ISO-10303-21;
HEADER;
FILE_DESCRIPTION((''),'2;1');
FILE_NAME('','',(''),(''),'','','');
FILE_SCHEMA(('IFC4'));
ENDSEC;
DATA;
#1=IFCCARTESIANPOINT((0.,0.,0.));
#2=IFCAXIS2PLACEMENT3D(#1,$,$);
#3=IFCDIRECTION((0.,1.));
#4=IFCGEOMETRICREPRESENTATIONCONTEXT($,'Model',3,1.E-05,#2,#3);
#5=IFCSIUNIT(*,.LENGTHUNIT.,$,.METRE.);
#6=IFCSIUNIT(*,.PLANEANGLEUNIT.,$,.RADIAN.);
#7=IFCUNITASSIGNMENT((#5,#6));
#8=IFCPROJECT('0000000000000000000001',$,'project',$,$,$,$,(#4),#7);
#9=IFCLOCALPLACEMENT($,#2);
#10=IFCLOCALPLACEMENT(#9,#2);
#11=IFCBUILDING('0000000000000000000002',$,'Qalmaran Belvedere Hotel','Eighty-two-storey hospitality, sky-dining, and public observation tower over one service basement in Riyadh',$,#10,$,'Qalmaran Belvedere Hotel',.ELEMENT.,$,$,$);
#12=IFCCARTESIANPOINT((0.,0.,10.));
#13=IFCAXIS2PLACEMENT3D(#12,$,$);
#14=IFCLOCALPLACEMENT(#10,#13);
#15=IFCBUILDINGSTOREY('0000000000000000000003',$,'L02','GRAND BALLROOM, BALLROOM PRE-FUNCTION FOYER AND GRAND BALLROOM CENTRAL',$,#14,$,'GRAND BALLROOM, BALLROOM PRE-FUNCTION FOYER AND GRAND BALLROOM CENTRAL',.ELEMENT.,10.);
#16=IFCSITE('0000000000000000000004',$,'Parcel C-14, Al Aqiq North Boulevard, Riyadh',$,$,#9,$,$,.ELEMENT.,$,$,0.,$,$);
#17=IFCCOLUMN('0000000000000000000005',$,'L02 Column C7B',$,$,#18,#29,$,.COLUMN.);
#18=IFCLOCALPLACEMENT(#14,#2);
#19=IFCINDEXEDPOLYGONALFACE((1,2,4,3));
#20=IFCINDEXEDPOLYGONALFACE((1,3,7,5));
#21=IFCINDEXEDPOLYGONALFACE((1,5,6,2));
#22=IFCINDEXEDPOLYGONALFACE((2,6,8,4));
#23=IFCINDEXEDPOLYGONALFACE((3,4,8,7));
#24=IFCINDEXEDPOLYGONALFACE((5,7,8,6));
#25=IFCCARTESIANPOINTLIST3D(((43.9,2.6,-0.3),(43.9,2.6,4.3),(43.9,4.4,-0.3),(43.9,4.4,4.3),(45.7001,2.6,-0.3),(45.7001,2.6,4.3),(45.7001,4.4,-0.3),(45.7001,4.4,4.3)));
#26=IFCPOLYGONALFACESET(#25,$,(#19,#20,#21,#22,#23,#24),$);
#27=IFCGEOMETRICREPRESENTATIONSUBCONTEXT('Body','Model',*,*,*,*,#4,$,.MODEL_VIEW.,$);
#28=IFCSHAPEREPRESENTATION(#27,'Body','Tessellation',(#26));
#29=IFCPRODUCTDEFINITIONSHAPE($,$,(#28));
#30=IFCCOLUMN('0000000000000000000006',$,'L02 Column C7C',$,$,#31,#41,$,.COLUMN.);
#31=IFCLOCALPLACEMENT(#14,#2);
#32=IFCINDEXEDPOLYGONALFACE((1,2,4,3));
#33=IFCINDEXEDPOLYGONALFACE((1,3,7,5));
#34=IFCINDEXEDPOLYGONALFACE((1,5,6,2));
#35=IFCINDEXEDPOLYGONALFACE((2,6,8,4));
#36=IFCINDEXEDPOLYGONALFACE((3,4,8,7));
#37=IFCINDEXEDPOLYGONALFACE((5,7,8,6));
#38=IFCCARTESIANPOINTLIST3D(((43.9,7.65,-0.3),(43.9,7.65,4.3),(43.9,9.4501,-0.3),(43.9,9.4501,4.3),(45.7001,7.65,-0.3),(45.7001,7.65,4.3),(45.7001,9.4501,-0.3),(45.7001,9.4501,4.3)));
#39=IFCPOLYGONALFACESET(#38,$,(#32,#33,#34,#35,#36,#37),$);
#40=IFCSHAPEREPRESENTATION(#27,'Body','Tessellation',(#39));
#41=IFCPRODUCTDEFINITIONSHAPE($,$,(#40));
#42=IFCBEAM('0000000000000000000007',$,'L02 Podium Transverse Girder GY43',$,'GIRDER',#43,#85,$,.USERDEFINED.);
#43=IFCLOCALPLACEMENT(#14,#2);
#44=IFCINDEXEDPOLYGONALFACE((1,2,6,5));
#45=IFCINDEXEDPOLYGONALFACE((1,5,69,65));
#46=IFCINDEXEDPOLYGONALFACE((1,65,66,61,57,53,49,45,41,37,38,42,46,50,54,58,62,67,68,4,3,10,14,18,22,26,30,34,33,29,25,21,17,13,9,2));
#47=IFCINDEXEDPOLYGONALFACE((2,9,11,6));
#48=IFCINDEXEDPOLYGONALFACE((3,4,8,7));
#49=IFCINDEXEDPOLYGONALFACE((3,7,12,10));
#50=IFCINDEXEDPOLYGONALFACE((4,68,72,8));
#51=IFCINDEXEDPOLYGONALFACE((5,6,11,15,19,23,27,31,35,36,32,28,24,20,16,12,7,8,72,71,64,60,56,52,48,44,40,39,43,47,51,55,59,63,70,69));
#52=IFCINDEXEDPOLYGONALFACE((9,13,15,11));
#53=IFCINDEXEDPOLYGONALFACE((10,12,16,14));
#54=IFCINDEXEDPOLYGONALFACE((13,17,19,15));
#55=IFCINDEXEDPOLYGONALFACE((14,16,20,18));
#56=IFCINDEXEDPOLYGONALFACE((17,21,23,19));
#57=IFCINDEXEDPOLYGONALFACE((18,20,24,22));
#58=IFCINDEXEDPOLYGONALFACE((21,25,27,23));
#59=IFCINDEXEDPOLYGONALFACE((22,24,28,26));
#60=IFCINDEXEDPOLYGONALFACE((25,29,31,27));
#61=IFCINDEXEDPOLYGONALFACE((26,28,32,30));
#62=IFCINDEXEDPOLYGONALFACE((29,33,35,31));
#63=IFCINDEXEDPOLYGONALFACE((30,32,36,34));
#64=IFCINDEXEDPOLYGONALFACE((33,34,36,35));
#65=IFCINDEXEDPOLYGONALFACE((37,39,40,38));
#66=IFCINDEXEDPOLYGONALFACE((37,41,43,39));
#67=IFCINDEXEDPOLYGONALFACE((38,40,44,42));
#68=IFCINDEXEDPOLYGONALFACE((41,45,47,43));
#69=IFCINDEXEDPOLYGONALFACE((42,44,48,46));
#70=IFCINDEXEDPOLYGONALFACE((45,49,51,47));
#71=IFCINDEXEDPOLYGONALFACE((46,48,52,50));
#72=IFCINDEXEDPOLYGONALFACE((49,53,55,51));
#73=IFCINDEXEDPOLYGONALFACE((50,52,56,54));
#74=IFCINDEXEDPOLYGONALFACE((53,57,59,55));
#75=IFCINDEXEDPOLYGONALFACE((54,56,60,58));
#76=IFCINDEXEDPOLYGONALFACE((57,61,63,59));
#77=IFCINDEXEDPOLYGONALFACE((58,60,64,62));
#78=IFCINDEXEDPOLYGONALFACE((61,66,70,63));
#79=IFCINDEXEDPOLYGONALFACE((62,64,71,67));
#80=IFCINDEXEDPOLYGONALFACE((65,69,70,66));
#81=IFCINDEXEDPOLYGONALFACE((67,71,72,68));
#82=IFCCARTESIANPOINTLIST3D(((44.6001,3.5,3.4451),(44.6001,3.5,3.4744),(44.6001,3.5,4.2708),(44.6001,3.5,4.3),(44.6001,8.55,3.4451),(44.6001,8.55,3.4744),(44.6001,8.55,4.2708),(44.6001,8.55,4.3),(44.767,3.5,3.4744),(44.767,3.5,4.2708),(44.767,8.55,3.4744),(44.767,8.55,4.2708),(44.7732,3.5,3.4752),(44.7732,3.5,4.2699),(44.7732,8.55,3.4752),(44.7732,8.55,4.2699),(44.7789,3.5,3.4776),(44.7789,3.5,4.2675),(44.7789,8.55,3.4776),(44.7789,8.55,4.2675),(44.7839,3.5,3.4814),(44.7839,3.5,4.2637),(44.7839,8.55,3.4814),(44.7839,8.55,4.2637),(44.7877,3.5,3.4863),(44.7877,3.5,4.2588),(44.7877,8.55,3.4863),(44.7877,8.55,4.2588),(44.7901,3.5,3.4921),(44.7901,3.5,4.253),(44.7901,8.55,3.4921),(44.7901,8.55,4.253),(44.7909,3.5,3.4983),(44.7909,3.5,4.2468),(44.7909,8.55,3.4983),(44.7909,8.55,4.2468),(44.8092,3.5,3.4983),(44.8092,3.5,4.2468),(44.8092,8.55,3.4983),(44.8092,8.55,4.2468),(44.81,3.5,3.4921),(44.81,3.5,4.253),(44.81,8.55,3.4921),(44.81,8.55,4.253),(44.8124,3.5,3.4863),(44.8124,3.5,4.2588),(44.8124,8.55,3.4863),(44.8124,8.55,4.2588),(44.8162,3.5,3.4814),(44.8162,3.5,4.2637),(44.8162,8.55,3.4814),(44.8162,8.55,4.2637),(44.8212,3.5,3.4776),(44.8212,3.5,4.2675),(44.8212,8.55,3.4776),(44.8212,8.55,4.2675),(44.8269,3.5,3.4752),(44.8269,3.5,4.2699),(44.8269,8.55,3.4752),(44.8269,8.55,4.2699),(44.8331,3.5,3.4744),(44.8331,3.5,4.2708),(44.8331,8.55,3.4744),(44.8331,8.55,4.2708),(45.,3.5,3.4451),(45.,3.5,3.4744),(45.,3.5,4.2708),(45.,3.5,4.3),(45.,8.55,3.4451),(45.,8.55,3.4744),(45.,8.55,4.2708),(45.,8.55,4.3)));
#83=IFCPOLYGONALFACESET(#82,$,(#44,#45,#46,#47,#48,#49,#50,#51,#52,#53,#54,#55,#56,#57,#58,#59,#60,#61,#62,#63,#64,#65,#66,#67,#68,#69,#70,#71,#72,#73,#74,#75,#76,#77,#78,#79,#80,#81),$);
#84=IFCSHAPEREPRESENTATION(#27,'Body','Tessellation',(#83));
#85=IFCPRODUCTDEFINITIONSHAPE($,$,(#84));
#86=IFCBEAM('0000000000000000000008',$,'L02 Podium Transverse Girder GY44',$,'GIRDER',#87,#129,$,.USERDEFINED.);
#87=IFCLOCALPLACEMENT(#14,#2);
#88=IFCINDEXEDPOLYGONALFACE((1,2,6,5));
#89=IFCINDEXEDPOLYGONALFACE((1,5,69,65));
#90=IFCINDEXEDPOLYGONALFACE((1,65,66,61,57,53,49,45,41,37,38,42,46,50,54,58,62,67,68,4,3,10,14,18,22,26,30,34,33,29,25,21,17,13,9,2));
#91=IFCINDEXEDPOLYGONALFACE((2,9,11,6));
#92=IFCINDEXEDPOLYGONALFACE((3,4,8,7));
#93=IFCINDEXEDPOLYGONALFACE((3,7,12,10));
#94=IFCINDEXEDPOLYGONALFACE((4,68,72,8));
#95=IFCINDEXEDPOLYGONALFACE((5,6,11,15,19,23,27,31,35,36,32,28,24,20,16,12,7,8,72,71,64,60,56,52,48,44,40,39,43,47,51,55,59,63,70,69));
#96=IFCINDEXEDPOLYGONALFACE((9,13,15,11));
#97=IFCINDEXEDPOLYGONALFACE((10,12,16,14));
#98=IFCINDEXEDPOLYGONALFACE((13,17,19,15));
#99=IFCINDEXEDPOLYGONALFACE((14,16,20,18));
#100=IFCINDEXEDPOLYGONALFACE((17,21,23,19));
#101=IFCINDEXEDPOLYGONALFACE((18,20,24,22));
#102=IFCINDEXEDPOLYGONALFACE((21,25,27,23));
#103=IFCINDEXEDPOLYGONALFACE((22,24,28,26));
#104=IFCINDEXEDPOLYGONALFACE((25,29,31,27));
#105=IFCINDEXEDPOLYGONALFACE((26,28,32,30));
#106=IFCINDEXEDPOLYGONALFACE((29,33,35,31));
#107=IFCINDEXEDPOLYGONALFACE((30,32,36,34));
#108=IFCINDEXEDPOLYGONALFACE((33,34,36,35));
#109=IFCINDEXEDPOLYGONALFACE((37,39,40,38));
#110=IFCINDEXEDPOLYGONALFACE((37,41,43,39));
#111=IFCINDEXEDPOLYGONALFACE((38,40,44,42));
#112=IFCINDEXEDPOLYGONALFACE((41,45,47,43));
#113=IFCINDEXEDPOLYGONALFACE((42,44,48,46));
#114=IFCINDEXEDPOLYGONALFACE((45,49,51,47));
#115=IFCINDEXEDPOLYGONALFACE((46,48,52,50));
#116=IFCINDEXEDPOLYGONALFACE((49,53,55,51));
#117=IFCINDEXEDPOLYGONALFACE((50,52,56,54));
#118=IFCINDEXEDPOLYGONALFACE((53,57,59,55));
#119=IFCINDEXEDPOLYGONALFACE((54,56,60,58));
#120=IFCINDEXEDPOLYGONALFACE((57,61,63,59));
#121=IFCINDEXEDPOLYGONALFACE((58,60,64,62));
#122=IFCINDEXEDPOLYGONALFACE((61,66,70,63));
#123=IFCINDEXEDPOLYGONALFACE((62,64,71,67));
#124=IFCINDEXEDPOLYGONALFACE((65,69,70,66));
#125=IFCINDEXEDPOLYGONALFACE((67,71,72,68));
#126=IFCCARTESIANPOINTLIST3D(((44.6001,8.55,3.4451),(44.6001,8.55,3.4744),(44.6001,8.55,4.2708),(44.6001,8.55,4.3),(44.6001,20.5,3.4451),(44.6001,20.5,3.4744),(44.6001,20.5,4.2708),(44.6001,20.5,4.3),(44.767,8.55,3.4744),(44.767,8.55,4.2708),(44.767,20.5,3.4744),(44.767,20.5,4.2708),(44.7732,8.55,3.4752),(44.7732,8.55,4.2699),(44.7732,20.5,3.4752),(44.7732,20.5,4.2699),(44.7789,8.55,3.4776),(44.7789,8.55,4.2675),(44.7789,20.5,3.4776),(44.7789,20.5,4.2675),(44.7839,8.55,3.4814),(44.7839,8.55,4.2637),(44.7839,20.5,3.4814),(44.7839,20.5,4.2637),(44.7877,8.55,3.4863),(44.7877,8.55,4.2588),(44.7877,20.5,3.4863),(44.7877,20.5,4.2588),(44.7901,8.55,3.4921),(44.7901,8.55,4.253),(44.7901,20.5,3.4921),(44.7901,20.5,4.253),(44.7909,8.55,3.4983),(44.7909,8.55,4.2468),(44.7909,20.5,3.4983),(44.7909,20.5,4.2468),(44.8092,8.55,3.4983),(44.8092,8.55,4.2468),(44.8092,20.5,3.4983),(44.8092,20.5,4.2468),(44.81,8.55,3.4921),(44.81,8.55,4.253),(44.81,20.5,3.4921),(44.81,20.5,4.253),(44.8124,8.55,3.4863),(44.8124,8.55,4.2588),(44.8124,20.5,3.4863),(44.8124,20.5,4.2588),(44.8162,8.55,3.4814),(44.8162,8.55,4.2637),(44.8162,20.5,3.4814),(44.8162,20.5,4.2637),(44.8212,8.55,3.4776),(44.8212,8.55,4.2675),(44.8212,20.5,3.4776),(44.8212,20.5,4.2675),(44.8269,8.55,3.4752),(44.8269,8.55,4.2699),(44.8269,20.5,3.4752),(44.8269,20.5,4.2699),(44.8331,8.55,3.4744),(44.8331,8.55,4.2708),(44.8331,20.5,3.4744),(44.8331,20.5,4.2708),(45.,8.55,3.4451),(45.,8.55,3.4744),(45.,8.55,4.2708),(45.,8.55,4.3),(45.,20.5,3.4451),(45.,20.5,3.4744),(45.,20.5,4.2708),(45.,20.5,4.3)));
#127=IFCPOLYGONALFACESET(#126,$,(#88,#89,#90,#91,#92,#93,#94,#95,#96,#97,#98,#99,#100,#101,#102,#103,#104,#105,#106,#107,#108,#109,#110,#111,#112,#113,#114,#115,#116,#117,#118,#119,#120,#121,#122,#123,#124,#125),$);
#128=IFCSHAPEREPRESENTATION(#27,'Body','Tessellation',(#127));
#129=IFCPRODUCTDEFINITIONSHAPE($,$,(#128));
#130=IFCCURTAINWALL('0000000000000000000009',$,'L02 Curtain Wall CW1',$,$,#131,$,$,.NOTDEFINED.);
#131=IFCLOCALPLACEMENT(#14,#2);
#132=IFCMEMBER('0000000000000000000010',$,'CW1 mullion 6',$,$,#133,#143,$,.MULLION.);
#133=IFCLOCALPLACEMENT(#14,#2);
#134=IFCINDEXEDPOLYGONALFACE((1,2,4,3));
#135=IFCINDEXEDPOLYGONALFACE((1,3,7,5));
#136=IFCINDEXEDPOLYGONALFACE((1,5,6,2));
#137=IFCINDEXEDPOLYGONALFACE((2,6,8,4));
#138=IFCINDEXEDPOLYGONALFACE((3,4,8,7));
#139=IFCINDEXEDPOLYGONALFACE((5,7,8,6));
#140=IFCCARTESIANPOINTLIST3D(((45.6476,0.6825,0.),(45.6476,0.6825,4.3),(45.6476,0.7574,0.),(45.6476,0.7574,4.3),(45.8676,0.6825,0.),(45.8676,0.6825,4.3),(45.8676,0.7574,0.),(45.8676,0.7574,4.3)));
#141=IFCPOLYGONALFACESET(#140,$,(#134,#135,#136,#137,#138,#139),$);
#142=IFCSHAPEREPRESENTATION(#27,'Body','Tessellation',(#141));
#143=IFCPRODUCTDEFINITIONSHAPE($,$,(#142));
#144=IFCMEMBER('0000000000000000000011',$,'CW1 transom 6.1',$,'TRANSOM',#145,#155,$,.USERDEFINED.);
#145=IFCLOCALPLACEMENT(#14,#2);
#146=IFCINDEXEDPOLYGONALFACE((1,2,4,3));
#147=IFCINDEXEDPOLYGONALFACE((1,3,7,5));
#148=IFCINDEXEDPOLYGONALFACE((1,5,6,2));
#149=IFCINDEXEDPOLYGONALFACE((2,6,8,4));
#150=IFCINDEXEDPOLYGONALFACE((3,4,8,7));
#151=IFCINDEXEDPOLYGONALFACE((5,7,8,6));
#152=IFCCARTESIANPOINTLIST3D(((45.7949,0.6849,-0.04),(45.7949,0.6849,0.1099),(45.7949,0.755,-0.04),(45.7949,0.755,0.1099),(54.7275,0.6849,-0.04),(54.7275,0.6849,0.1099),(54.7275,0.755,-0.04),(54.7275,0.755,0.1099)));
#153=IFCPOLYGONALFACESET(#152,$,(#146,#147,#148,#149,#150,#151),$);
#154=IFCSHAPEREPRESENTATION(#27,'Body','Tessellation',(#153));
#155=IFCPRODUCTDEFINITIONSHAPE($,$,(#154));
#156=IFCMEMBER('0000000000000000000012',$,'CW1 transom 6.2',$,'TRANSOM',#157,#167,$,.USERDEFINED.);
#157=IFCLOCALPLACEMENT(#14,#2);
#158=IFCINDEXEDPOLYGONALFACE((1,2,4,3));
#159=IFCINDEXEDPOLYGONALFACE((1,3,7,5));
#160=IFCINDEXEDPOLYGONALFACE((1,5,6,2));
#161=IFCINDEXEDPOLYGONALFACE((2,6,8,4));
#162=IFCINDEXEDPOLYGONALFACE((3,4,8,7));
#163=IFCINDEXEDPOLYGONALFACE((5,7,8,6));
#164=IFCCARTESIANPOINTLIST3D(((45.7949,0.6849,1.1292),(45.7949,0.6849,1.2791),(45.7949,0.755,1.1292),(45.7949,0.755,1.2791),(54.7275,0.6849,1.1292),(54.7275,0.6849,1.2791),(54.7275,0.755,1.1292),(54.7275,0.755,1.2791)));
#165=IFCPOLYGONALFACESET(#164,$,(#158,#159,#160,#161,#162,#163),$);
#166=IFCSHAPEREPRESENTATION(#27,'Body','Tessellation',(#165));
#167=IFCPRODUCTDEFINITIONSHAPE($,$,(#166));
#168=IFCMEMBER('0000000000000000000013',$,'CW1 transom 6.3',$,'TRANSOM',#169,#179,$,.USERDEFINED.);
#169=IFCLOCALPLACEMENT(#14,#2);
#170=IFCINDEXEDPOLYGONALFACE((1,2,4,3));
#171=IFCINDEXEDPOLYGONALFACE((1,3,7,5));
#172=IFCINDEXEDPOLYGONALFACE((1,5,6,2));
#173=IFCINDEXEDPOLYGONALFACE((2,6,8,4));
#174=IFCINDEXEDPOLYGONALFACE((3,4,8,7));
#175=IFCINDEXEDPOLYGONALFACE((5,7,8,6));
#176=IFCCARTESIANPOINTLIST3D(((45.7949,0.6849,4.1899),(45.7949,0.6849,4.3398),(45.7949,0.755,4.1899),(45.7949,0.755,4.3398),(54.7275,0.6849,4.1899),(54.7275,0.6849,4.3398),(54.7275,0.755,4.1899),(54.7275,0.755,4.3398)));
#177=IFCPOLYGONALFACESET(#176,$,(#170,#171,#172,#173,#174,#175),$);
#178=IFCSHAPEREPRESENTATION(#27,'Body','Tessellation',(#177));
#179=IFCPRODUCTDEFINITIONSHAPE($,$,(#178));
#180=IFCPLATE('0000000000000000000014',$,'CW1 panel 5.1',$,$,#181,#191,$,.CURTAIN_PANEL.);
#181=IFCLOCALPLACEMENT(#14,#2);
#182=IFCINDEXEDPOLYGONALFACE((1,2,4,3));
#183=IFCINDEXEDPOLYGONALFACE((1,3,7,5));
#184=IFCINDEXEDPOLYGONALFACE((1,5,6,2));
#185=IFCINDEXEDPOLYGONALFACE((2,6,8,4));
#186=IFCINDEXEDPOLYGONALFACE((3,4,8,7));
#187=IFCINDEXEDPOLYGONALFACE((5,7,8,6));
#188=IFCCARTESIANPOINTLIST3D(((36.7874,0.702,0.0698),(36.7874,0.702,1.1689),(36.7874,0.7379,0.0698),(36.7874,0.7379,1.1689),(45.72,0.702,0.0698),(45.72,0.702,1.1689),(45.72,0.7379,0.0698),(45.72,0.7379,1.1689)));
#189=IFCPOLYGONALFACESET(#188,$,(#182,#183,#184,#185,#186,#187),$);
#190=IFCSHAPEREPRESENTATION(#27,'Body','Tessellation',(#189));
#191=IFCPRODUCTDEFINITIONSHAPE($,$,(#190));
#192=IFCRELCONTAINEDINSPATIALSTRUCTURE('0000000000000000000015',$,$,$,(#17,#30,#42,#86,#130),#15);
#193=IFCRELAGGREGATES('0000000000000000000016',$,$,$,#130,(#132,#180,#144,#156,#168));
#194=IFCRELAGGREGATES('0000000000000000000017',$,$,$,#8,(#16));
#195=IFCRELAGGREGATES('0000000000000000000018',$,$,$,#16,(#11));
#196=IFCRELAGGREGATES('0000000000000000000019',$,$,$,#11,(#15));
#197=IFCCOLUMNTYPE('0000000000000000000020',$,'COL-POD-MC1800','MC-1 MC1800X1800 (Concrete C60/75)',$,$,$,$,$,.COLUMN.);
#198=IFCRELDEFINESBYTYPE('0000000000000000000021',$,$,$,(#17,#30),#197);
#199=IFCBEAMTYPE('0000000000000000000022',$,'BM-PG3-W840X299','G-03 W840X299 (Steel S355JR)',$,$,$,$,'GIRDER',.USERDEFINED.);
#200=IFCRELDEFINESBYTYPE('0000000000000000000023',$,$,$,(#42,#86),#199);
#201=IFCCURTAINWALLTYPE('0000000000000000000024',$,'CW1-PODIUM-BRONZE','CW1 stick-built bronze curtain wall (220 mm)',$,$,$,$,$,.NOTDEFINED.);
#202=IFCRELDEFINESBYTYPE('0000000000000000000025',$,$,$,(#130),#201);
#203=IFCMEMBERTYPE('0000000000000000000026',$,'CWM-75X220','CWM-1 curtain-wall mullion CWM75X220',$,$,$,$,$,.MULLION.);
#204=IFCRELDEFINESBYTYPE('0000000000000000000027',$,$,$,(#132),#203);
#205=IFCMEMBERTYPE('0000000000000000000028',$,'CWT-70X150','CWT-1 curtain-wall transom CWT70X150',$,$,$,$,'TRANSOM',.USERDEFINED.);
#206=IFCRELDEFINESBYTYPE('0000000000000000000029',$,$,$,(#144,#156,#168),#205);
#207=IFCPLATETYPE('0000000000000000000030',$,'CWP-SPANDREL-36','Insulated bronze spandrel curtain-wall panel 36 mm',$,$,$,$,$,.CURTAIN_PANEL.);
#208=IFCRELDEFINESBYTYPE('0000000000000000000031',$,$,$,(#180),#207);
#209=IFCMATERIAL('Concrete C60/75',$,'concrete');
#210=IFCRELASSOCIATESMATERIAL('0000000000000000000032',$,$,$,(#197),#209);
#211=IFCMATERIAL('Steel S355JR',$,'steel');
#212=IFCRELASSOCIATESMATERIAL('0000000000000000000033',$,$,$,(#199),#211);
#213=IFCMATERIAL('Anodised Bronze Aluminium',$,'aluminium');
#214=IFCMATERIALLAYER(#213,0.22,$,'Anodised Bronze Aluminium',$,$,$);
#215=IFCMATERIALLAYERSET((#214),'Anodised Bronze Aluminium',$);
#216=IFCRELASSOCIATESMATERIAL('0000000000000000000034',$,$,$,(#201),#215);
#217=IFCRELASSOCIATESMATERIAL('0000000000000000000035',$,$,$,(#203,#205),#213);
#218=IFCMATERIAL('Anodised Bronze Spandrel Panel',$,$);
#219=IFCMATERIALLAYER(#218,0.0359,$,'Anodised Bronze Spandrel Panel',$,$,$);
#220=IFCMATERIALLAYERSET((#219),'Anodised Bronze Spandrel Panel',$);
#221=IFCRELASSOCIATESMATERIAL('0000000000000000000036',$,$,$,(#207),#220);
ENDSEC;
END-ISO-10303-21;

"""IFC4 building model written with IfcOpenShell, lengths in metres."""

from ifc_helpers import new_model, si_unit, direction, frame, origin, origin_2d, place, context, subcontext, project, spatial, rectangle, i_section, extrude, material, layer, layer_set, material_profile, profile_set, type_object, element, aggregate, save


model = new_model("IFC4")

# Units and contexts
model_context = context("Model", 3, precision=1e-05, world=origin(), true_north=direction((0.0, 1.0)))
body_context = subcontext(model_context, "Body", "Model", "MODEL_VIEW")
ifc_project = project(units=[si_unit("LENGTHUNIT", "METRE"), si_unit("PLANEANGLEUNIT", "RADIAN")], contexts=[model_context])

# Site, building, storey
site_placement = place(None, origin())
site = spatial("IfcSite", under=ifc_project, at=site_placement, Name="Parcel C-14, Al Aqiq North Boulevard, Riyadh", CompositionType="ELEMENT", RefElevation=0.0)
building_placement = place(site_placement, origin())
building = spatial("IfcBuilding", under=site, at=building_placement, Name="Qalmaran Belvedere Hotel", Description="Eighty-two-storey hospitality, sky-dining, and public observation tower over one service basement in Riyadh", LongName="Qalmaran Belvedere Hotel", CompositionType="ELEMENT")
storey_placement = place(building_placement, frame((0.0, 0.0, 10.0)))
storey = spatial("IfcBuildingStorey", under=building, at=storey_placement, Name="L02", Description="GRAND BALLROOM, BALLROOM PRE-FUNCTION FOYER AND GRAND BALLROOM CENTRAL", LongName="GRAND BALLROOM, BALLROOM PRE-FUNCTION FOYER AND GRAND BALLROOM CENTRAL", CompositionType="ELEMENT", Elevation=10.0)

# Columns
ifc_material_1 = material(Name="Concrete C60/75", Category="concrete")
ifc_material_profile_1 = material_profile(ifc_material_1, rectangle(XDim=1.8, YDim=1.8, at=origin_2d()), Name="MC1800X1800")
ifc_profile_set_1 = profile_set([ifc_material_profile_1], Name="Concrete C60/75")
column_type = type_object("IfcColumnType", Name="COL-POD-MC1800", Description="MC-1 MC1800X1800 (Concrete C60/75)", PredefinedType="COLUMN", material=ifc_profile_set_1)
for number, where, z_axis, x_axis, name in (
    (1, (44.8, 3.5, -0.3), (0.0, 0.0, 1.0), (1.0, 0.0, 0.0), "L02 Column C7B"),
    (2, (44.8, 8.55, -0.3), (0.0, 0.0, 1.0), (1.0, 0.0, 0.0), "L02 Column C7C"),
):
    element("IfcColumn", number, at=place(storey_placement, frame(where, z_axis=z_axis, x_axis=x_axis)), inside=storey, type_object=column_type, Name=name, PredefinedType="COLUMN", context=body_context, shape_type="SweptSolid", body=[
        extrude(rectangle(XDim=1.8, YDim=1.8, at=origin_2d()), origin(), (0.0, 0.0, 1.0), 4.6001),
    ])

# Beams
ifc_material_2 = material(Name="Steel S355JR", Category="steel")
ifc_material_profile_2 = material_profile(ifc_material_2, i_section(OverallWidth=0.3999, OverallDepth=0.855, WebThickness=0.0183, FlangeThickness=0.0293, FilletRadius=0.0239, at=origin_2d()), Name="W840X299")
ifc_profile_set_2 = profile_set([ifc_material_profile_2], Name="Steel S355JR")
beam_type = type_object("IfcBeamType", Name="BM-PG3-W840X299", Description="G-03 W840X299 (Steel S355JR)", ElementType="GIRDER", PredefinedType="USERDEFINED", material=ifc_profile_set_2)
beam_1_placement = place(storey_placement, frame((44.8, 3.5, 3.8726), z_axis=(0.0, 1.0, 0.0), x_axis=(-1.0, 0.0, 0.0)))
element("IfcBeam", 3, at=beam_1_placement, inside=storey, type_object=beam_type, Name="L02 Podium Transverse Girder GY43", ObjectType="GIRDER", PredefinedType="USERDEFINED", context=body_context, shape_type="SweptSolid", body=[
    extrude(i_section(OverallWidth=0.3999, OverallDepth=0.855, WebThickness=0.0183, FlangeThickness=0.0293, FilletRadius=0.0239, at=origin_2d()), origin(), (0.0, 0.0, 1.0), 5.05),
])
beam_2_placement = place(storey_placement, frame((44.8, 8.55, 3.8726), z_axis=(0.0, 1.0, 0.0), x_axis=(-1.0, 0.0, 0.0)))
element("IfcBeam", 4, at=beam_2_placement, inside=storey, type_object=beam_type, Name="L02 Podium Transverse Girder GY44", ObjectType="GIRDER", PredefinedType="USERDEFINED", context=body_context, shape_type="SweptSolid", body=[
    extrude(i_section(OverallWidth=0.3999, OverallDepth=0.855, WebThickness=0.0183, FlangeThickness=0.0293, FilletRadius=0.0239, at=origin_2d()), origin(), (0.0, 0.0, 1.0), 11.95),
])

# Curtain wall, members, plate
ifc_material_3 = material(Name="Anodised Bronze Aluminium", Category="aluminium")
ifc_layer_1 = layer(ifc_material_3, 0.22, Name="Anodised Bronze Aluminium")
ifc_layer_set_1 = layer_set([ifc_layer_1], Name="Anodised Bronze Aluminium")
curtain_wall_type = type_object("IfcCurtainWallType", Name="CW1-PODIUM-BRONZE", Description="CW1 stick-built bronze curtain wall (220 mm)", PredefinedType="NOTDEFINED", material=ifc_layer_set_1)
curtain_wall_placement = place(storey_placement, origin())
curtain_wall = element("IfcCurtainWall", 5, at=curtain_wall_placement, inside=storey, type_object=curtain_wall_type, Name="L02 Curtain Wall CW1", PredefinedType="NOTDEFINED")
ifc_material_profile_3 = material_profile(ifc_material_3, rectangle(XDim=0.075, YDim=0.22, at=origin_2d()), Name="CWM75X220")
ifc_profile_set_3 = profile_set([ifc_material_profile_3], Name="Anodised Bronze Aluminium")
member_type_1 = type_object("IfcMemberType", Name="CWM-75X220", Description="CWM-1 curtain-wall mullion CWM75X220", PredefinedType="MULLION", material=ifc_profile_set_3)
member_1_placement = place(storey_placement, frame((45.7576, 0.72, 0.0), z_axis=(0.0, 0.0, 1.0), x_axis=(0.0, 1.0, 0.0)))
member_1 = element("IfcMember", 6, at=member_1_placement, type_object=member_type_1, Name="CW1 mullion 6", PredefinedType="MULLION", context=body_context, shape_type="SweptSolid", body=[
    extrude(rectangle(XDim=0.075, YDim=0.22, at=origin_2d()), origin(), (0.0, 0.0, 1.0), 4.3),
])
ifc_material_profile_4 = material_profile(ifc_material_3, rectangle(XDim=0.0701, YDim=0.1499, at=origin_2d()), Name="CWT70X150")
ifc_profile_set_4 = profile_set([ifc_material_profile_4], Name="Anodised Bronze Aluminium")
member_type_2 = type_object("IfcMemberType", Name="CWT-70X150", Description="CWT-1 curtain-wall transom CWT70X150", ElementType="TRANSOM", PredefinedType="USERDEFINED", material=ifc_profile_set_4)
member_2_placement = place(storey_placement, frame((45.7949, 0.72, 0.0349), z_axis=(1.0, 0.0, 0.0), x_axis=(0.0, 1.0, 0.0)))
member_2 = element("IfcMember", 7, at=member_2_placement, type_object=member_type_2, Name="CW1 transom 6.1", ObjectType="TRANSOM", PredefinedType="USERDEFINED", context=body_context, shape_type="SweptSolid", body=[
    extrude(rectangle(XDim=0.0701, YDim=0.1499, at=origin_2d()), origin(), (0.0, 0.0, 1.0), 8.9326),
])
member_3_placement = place(storey_placement, frame((45.7949, 0.72, 1.2041), z_axis=(1.0, 0.0, 0.0), x_axis=(0.0, 1.0, 0.0)))
member_3 = element("IfcMember", 8, at=member_3_placement, type_object=member_type_2, Name="CW1 transom 6.2", ObjectType="TRANSOM", PredefinedType="USERDEFINED", context=body_context, shape_type="SweptSolid", body=[
    extrude(rectangle(XDim=0.0701, YDim=0.1499, at=origin_2d()), origin(), (0.0, 0.0, 1.0), 8.9326),
])
member_4_placement = place(storey_placement, frame((45.7949, 0.72, 4.2649), z_axis=(1.0, 0.0, 0.0), x_axis=(0.0, 1.0, 0.0)))
member_4 = element("IfcMember", 9, at=member_4_placement, type_object=member_type_2, Name="CW1 transom 6.3", ObjectType="TRANSOM", PredefinedType="USERDEFINED", context=body_context, shape_type="SweptSolid", body=[
    extrude(rectangle(XDim=0.0701, YDim=0.1499, at=origin_2d()), origin(), (0.0, 0.0, 1.0), 8.9326),
])
ifc_material_4 = material(Name="Anodised Bronze Spandrel Panel")
ifc_layer_2 = layer(ifc_material_4, 0.0359, Name="Anodised Bronze Spandrel Panel")
ifc_layer_set_2 = layer_set([ifc_layer_2], Name="Anodised Bronze Spandrel Panel")
plate_type_1 = type_object("IfcPlateType", Name="CWP-SPANDREL-36", Description="Insulated bronze spandrel curtain-wall panel 36 mm", PredefinedType="CURTAIN_PANEL", material=ifc_layer_set_2)
plate_1_placement = place(storey_placement, frame((41.2537, 0.72, 0.0698), z_axis=(0.0, 0.0, 1.0), x_axis=(1.0, 0.0, 0.0)))
plate_1 = element("IfcPlate", 10, at=plate_1_placement, type_object=plate_type_1, Name="CW1 panel 5.1", PredefinedType="CURTAIN_PANEL", context=body_context, shape_type="SweptSolid", body=[
    extrude(rectangle(XDim=8.9326, YDim=0.0359, at=origin_2d()), origin(), (0.0, 0.0, 1.0), 1.0991),
])
aggregate(curtain_wall, [member_1, plate_1, member_2, member_3, member_4])

save(model, "model.ifc")
